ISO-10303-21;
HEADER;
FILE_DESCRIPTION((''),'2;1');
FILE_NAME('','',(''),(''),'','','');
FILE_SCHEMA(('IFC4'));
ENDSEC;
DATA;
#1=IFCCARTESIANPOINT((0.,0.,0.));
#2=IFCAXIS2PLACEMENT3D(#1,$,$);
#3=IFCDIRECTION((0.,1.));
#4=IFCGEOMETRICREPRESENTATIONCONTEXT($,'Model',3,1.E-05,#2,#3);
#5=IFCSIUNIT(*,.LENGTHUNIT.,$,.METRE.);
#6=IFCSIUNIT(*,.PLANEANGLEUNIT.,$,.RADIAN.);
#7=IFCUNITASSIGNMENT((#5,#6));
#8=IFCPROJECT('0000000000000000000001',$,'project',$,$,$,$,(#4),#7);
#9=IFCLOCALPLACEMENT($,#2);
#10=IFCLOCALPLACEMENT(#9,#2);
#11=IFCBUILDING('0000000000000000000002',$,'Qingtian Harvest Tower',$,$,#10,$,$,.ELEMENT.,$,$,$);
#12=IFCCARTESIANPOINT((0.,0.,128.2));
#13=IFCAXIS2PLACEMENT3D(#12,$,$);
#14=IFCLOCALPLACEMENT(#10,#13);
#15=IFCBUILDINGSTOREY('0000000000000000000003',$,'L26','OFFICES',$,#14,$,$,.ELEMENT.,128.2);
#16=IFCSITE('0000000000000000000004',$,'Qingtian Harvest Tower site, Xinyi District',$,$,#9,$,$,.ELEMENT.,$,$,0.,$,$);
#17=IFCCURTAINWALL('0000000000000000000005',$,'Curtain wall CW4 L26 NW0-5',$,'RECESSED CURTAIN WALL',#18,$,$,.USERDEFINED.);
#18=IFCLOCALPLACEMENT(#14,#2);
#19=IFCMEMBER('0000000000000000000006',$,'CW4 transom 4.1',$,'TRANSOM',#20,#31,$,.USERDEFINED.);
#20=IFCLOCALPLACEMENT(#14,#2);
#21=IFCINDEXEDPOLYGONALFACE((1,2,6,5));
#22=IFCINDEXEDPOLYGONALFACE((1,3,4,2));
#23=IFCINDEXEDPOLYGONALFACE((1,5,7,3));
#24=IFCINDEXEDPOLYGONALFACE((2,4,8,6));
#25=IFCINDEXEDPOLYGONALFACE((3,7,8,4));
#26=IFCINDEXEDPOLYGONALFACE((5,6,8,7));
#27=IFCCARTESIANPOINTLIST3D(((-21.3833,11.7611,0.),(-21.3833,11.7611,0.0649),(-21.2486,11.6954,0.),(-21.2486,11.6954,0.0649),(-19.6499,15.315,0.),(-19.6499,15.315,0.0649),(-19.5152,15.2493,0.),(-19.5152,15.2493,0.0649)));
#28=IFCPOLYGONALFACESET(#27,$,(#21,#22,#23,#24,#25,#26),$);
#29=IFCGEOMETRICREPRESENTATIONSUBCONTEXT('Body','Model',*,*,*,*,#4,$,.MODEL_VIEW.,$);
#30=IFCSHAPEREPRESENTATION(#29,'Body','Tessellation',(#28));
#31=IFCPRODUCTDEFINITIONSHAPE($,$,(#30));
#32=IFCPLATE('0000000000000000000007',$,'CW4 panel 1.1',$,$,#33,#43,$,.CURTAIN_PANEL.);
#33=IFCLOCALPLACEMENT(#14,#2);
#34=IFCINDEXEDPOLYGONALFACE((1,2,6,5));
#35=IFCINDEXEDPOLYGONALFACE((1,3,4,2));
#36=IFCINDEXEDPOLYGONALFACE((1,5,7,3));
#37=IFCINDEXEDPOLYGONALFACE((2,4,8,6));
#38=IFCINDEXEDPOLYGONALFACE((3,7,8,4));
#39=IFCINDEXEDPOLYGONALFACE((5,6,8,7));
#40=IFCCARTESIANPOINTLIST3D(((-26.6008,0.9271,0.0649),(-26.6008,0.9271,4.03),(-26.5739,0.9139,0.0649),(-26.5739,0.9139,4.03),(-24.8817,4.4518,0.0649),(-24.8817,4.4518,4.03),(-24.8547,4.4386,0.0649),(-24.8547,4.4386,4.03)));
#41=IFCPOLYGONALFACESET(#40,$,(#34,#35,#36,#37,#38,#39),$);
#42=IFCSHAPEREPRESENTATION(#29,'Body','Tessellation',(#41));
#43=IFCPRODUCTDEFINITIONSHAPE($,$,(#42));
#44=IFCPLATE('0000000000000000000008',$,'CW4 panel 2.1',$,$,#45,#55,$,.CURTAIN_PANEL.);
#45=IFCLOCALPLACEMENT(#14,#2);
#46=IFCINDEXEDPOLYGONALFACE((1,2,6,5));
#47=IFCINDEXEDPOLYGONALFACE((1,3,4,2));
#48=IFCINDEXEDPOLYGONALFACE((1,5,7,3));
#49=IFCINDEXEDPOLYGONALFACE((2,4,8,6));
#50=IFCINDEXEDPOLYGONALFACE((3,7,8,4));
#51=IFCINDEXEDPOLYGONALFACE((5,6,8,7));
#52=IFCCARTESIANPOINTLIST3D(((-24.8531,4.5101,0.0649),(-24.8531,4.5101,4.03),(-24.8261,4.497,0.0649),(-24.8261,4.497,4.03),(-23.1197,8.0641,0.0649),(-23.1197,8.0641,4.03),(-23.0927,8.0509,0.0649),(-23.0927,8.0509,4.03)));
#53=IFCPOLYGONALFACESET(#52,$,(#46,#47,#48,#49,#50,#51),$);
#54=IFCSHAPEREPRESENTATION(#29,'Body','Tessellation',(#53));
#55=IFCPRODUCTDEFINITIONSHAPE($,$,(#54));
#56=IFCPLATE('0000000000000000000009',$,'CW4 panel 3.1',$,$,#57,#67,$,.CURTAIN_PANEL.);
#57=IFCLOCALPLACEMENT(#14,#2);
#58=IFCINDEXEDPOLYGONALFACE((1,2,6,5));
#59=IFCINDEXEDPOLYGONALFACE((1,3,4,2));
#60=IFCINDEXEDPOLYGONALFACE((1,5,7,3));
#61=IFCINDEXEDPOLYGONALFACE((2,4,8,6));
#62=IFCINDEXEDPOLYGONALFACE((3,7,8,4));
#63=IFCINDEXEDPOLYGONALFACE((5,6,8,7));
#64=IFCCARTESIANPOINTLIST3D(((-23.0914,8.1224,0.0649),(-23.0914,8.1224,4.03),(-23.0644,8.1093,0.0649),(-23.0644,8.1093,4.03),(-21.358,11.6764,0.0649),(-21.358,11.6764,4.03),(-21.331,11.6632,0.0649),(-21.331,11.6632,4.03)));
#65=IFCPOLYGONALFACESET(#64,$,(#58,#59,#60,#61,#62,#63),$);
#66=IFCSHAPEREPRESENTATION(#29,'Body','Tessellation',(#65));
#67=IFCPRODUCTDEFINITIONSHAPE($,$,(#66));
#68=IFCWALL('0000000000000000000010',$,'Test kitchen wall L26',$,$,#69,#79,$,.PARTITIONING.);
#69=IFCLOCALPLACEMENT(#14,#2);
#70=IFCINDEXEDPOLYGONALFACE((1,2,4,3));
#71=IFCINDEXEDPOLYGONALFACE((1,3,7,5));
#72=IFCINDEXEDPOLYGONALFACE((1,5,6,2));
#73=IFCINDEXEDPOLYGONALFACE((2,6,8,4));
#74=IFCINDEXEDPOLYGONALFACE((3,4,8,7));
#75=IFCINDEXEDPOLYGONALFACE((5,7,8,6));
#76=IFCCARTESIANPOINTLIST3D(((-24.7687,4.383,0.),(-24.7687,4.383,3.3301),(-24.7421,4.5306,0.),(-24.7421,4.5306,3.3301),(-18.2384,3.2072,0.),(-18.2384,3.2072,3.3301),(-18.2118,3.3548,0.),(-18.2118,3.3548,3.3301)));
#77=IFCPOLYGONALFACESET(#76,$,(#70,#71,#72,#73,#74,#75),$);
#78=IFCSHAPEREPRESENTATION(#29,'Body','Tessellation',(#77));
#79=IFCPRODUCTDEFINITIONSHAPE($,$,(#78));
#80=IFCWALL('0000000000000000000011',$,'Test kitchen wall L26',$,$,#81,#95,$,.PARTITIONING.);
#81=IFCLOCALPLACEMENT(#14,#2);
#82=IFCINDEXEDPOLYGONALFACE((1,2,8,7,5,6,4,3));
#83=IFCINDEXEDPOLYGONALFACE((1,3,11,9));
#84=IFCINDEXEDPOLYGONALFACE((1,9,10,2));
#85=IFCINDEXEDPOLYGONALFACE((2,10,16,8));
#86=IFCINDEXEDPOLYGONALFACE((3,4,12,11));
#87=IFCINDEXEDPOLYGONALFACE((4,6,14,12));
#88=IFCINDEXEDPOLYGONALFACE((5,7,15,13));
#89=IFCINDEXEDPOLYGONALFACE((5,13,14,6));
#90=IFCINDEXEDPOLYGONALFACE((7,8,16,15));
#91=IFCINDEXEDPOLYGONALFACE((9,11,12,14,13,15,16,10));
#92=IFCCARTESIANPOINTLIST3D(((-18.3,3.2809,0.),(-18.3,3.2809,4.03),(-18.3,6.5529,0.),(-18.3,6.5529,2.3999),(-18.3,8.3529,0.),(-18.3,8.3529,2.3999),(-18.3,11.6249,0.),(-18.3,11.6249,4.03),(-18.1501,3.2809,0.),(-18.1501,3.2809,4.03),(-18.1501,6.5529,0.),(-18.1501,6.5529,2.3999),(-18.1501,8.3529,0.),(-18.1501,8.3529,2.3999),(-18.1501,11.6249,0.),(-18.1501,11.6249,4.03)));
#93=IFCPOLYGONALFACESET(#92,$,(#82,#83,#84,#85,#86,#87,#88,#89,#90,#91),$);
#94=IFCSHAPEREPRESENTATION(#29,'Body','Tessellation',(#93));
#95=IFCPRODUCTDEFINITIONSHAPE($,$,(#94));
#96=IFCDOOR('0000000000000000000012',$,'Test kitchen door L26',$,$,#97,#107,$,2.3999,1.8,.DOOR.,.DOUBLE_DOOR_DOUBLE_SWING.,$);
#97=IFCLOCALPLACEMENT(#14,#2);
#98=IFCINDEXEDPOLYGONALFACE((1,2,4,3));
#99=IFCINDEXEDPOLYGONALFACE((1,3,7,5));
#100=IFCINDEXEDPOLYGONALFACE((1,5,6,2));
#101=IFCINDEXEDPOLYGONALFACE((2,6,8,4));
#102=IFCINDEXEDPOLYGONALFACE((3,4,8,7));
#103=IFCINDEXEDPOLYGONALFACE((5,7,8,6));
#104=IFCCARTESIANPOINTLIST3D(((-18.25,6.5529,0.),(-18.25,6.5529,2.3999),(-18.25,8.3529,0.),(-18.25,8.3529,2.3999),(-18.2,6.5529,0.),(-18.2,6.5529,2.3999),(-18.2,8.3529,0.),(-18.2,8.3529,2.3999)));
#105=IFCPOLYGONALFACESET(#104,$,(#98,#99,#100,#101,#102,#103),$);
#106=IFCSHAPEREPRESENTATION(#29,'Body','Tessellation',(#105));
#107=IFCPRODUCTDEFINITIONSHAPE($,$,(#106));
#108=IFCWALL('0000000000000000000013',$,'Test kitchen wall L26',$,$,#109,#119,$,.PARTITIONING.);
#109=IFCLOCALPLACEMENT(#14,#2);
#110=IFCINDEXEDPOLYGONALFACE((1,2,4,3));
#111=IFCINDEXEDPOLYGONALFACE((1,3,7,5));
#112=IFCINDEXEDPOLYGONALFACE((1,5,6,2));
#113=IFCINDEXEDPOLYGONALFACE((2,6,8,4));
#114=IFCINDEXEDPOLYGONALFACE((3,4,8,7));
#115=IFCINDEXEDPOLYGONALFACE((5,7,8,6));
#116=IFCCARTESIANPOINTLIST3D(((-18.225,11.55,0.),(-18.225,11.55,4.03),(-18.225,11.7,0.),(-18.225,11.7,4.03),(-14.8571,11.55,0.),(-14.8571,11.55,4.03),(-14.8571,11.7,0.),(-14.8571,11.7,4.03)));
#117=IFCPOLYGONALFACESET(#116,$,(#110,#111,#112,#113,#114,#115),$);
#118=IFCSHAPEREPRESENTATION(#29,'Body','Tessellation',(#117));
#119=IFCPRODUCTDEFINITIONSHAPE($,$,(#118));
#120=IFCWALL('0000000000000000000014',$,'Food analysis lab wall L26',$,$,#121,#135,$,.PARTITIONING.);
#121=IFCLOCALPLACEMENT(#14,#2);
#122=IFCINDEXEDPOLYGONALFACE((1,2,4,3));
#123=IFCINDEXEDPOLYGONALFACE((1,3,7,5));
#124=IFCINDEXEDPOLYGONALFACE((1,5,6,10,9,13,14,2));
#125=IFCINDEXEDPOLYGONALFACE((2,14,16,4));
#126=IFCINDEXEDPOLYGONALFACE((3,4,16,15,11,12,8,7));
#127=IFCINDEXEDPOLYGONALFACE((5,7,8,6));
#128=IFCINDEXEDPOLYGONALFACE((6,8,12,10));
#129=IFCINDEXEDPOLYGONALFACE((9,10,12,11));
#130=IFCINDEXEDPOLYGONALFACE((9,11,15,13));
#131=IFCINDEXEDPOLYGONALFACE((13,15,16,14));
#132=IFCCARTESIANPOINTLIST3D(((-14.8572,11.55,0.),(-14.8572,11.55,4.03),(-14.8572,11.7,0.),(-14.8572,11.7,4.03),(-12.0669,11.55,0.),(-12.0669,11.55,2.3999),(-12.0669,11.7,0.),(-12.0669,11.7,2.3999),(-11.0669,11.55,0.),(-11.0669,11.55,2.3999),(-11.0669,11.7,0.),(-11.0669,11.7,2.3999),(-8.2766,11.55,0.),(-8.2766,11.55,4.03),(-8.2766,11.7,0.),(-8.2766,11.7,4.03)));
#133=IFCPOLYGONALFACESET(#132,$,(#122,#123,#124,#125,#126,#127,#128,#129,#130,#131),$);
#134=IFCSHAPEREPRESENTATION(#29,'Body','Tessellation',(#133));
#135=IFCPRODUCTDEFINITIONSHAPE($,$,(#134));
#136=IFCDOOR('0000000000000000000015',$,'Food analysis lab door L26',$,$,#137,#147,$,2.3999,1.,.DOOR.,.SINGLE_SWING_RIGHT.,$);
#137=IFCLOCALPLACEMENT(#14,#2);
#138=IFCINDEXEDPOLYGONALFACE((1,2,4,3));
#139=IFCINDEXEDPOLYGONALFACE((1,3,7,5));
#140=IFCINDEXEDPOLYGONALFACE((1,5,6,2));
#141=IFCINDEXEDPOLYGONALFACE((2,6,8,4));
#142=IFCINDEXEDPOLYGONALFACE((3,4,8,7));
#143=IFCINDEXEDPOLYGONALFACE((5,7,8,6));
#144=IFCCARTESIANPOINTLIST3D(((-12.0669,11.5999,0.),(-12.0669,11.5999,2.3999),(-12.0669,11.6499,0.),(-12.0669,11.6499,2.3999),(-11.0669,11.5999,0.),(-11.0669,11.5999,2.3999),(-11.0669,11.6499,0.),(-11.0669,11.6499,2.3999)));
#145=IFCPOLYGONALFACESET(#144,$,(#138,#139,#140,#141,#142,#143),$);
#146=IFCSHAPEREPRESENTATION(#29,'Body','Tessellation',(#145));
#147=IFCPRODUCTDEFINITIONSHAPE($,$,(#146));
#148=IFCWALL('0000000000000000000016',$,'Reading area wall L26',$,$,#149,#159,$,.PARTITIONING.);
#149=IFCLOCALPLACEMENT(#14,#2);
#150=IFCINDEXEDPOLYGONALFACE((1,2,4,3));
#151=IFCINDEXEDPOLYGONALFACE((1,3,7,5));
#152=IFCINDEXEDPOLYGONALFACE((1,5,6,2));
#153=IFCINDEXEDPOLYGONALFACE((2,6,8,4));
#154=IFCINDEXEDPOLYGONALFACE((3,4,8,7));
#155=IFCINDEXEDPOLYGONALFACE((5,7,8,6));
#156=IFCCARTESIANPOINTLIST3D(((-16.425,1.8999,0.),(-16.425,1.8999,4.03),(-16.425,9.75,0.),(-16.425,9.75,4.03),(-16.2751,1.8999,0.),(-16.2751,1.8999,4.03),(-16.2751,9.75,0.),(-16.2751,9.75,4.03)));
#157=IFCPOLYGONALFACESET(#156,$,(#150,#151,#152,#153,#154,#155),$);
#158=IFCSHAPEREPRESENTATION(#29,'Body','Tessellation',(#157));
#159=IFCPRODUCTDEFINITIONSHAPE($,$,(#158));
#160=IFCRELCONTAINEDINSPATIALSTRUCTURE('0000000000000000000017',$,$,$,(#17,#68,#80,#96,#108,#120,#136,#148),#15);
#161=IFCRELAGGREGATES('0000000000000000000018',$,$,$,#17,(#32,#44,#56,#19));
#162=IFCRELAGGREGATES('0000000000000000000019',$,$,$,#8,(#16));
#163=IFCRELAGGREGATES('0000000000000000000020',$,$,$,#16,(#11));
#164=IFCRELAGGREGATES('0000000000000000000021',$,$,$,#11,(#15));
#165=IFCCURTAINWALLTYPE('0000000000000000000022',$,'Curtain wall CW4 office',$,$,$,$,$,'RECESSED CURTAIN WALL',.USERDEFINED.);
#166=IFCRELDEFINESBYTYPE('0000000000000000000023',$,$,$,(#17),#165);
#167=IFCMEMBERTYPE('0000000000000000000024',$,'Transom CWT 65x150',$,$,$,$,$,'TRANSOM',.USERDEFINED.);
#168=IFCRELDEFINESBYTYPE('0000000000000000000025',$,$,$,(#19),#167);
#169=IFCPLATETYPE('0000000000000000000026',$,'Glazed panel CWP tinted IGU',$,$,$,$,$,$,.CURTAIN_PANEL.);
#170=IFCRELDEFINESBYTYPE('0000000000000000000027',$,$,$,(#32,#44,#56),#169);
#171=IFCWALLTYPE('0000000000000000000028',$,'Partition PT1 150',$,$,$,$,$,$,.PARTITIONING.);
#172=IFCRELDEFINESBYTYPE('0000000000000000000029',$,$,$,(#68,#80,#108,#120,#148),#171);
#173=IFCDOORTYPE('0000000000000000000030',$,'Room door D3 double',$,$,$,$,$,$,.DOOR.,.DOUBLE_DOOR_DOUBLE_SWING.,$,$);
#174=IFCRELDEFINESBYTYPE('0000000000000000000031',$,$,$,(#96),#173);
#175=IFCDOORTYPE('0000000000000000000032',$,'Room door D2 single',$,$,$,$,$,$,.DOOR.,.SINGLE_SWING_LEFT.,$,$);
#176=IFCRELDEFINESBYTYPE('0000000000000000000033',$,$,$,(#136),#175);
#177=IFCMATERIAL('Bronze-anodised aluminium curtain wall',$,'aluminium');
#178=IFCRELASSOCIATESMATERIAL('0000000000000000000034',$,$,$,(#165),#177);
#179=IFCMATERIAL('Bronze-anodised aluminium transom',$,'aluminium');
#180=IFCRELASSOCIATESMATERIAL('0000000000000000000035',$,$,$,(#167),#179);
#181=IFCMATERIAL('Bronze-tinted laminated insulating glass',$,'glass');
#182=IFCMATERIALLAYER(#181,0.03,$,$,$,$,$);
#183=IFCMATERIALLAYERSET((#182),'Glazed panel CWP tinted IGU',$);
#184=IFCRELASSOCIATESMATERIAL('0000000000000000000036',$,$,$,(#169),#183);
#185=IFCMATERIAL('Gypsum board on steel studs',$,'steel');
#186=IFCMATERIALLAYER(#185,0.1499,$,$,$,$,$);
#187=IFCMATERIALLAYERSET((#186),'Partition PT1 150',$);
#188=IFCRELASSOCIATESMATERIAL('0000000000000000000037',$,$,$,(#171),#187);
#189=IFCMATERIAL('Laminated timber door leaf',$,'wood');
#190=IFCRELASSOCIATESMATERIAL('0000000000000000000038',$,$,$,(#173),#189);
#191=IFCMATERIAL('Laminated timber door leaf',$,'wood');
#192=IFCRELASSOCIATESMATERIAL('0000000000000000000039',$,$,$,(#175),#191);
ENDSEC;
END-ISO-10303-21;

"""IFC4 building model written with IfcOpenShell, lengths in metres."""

from ifc_helpers import new_model, si_unit, direction, frame, frame_2d, origin, origin_2d, place, context, subcontext, project, spatial, rectangle, extrude, material, layer, layer_set, material_profile, profile_set, type_object, element, fill, aggregate, save


model = new_model("IFC4")

# Units and contexts
model_context = context("Model", 3, precision=1e-05, world=origin(), true_north=direction((0.0, 1.0)))
body_context = subcontext(model_context, "Body", "Model", "MODEL_VIEW")
ifc_project = project(units=[si_unit("LENGTHUNIT", "METRE"), si_unit("PLANEANGLEUNIT", "RADIAN")], contexts=[model_context])

# Site, building, storey
site_placement = place(None, origin())
site = spatial("IfcSite", under=ifc_project, at=site_placement, Name="Qingtian Harvest Tower site, Xinyi District", CompositionType="ELEMENT", RefElevation=0.0)
building_placement = place(site_placement, origin())
building = spatial("IfcBuilding", under=site, at=building_placement, Name="Qingtian Harvest Tower", CompositionType="ELEMENT")
storey_placement = place(building_placement, frame((0.0, 0.0, 128.2)))
storey = spatial("IfcBuildingStorey", under=building, at=storey_placement, Name="L26", Description="OFFICES", CompositionType="ELEMENT", Elevation=128.2)

# Shared definitions
ifc_material_1 = material(Name="Bronze-anodised aluminium curtain wall", Category="aluminium")
curtain_wall_type = type_object("IfcCurtainWallType", Name="Curtain wall CW4 office", ElementType="RECESSED CURTAIN WALL", PredefinedType="USERDEFINED", material=ifc_material_1)

# Curtain wall
curtain_wall_1_placement = place(storey_placement, origin())
curtain_wall_1 = element("IfcCurtainWall", 1, at=curtain_wall_1_placement, inside=storey, type_object=curtain_wall_type, Name="Curtain wall CW4 L26 NW0-5", ObjectType="RECESSED CURTAIN WALL", PredefinedType="USERDEFINED")

# Member
ifc_material_2 = material(Name="Bronze-anodised aluminium transom", Category="aluminium")
ifc_material_profile_1 = material_profile(ifc_material_2, rectangle(XDim=0.1499, YDim=0.0649, at=origin_2d()), Name="AL 65x150")
ifc_profile_set_1 = profile_set([ifc_material_profile_1], Name="Bronze-anodised aluminium transom")
member_type_1 = type_object("IfcMemberType", Name="Transom CWT 65x150", ElementType="TRANSOM", PredefinedType="USERDEFINED", material=ifc_profile_set_1)
member_1_placement = place(storey_placement, frame((-21.3159, 11.7283, 0.0325), z_axis=(0.438375, 0.898792, 0.0), x_axis=(-0.898792, 0.438375, 0.0)))
member_1 = element("IfcMember", 2, at=member_1_placement, type_object=member_type_1, Name="CW4 transom 4.1", ObjectType="TRANSOM", PredefinedType="USERDEFINED", context=body_context, shape_type="SweptSolid", body=[
    extrude(rectangle(XDim=0.1499, YDim=0.0649, at=origin_2d()), origin(), (0.0, 0.0, 1.0), 3.9541),
])

# Plates
ifc_material_3 = material(Name="Bronze-tinted laminated insulating glass", Category="glass")
ifc_layer_1 = layer(ifc_material_3, 0.03)
ifc_layer_set_1 = layer_set([ifc_layer_1], Name="Glazed panel CWP tinted IGU")
plate_type = type_object("IfcPlateType", Name="Glazed panel CWP tinted IGU", PredefinedType="CURTAIN_PANEL", material=ifc_layer_set_1)
plate_1_placement = place(storey_placement, frame((-25.7278, 2.6829, 0.0649), z_axis=(0.0, 0.0, 1.0), x_axis=(0.438371, 0.898794, 0.0)))
plate_1 = element("IfcPlate", 3, at=plate_1_placement, type_object=plate_type, Name="CW4 panel 1.1", PredefinedType="CURTAIN_PANEL", context=body_context, shape_type="SweptSolid", body=[
    extrude(rectangle(XDim=3.9216, YDim=0.03, at=origin_2d()), origin(), (0.0, 0.0, 1.0), 3.9651),
])
plate_2_placement = place(storey_placement, frame((-23.9729, 6.2805, 0.0649), z_axis=(0.0, 0.0, 1.0), x_axis=(0.438371, 0.898794, 0.0)))
plate_2 = element("IfcPlate", 4, at=plate_2_placement, type_object=plate_type, Name="CW4 panel 2.1", PredefinedType="CURTAIN_PANEL", context=body_context, shape_type="SweptSolid", body=[
    extrude(rectangle(XDim=3.9541, YDim=0.03, at=origin_2d()), origin(), (0.0, 0.0, 1.0), 3.9651),
])
plate_3_placement = place(storey_placement, frame((-22.2112, 9.8928, 0.0649), z_axis=(0.0, 0.0, 1.0), x_axis=(0.438371, 0.898794, 0.0)))
plate_3 = element("IfcPlate", 5, at=plate_3_placement, type_object=plate_type, Name="CW4 panel 3.1", PredefinedType="CURTAIN_PANEL", context=body_context, shape_type="SweptSolid", body=[
    extrude(rectangle(XDim=3.9541, YDim=0.03, at=origin_2d()), origin(), (0.0, 0.0, 1.0), 3.9651),
])
aggregate(curtain_wall_1, [plate_1, plate_2, plate_3, member_1])

# Wall
ifc_material_4 = material(Name="Gypsum board on steel studs", Category="steel")
ifc_layer_2 = layer(ifc_material_4, 0.1499)
ifc_layer_set_2 = layer_set([ifc_layer_2], Name="Partition PT1 150")
wall_type = type_object("IfcWallType", Name="Partition PT1 150", PredefinedType="PARTITIONING", material=ifc_layer_set_2)
wall_1_placement = place(storey_placement, frame((-24.7554, 4.4568, 0.0), z_axis=(0.0, 0.0, 1.0), x_axis=(0.984175, -0.177201, 0.0)))
element("IfcWall", 6, at=wall_1_placement, inside=storey, type_object=wall_type, Name="Test kitchen wall L26", PredefinedType="PARTITIONING", context=body_context, shape_type="SweptSolid", body=[
    extrude(rectangle(XDim=6.6353, YDim=0.1499, at=frame_2d((3.3176, 0.0))), origin(), (0.0, 0.0, 1.0), 3.3301),
])

# Wall, opening, door
wall_2_placement = place(storey_placement, frame((-18.2251, 3.281, 0.0), z_axis=(0.0, 0.0, 1.0), x_axis=(0.0, 1.0, 0.0)))
wall_2 = element("IfcWall", 7, at=wall_2_placement, inside=storey, type_object=wall_type, Name="Test kitchen wall L26", PredefinedType="PARTITIONING", context=body_context, shape_type="SweptSolid", body=[
    extrude(rectangle(XDim=8.344, YDim=0.1499, at=frame_2d((4.1719, 0.0))), origin(), (0.0, 0.0, 1.0), 4.03),
])
opening_1_placement = place(wall_2_placement, frame((3.272, 0.0, 0.0)))
opening_1 = element("IfcOpeningElement", 8, at=opening_1_placement, cuts=wall_2, PredefinedType="OPENING", context=body_context, shape_type="SweptSolid", body=[
    extrude(rectangle(XDim=1.8, YDim=2.3999, at=frame_2d((0.8999, 1.2))), frame((0.0, 0.085, 0.0), z_axis=(0.0, -1.0, 0.0), x_axis=(1.0, 0.0, 0.0)), (0.0, 0.0, 1.0), 0.1699),
])
ifc_material_5 = material(Name="Laminated timber door leaf", Category="wood")
door_type_1 = type_object("IfcDoorType", Name="Room door D3 double", OperationType="DOUBLE_DOOR_DOUBLE_SWING", PredefinedType="DOOR", material=ifc_material_5)
door_1_placement = place(opening_1_placement, origin())
door_1 = element("IfcDoor", 9, at=door_1_placement, inside=storey, type_object=door_type_1, Name="Test kitchen door L26", OperationType="DOUBLE_DOOR_DOUBLE_SWING", OverallHeight=2.3999, OverallWidth=1.8, PredefinedType="DOOR", context=body_context, shape_type="SweptSolid", body=[
    extrude(rectangle(XDim=1.8, YDim=2.3999, at=frame_2d((0.8999, 1.2))), frame((0.0, 0.0249, 0.0), z_axis=(0.0, -1.0, 0.0), x_axis=(1.0, 0.0, 0.0)), (0.0, 0.0, 1.0), 0.05),
])
fill(opening_1, door_1)

# Wall
wall_3_placement = place(storey_placement, frame((-18.2251, 11.625, 0.0), z_axis=(0.0, 0.0, 1.0), x_axis=(1.0, 0.0, 0.0)))
element("IfcWall", 10, at=wall_3_placement, inside=storey, type_object=wall_type, Name="Test kitchen wall L26", PredefinedType="PARTITIONING", context=body_context, shape_type="SweptSolid", body=[
    extrude(rectangle(XDim=3.3679, YDim=0.1499, at=frame_2d((1.6841, 0.0))), origin(), (0.0, 0.0, 1.0), 4.03),
])

# Wall, opening, door
wall_4_placement = place(storey_placement, frame((-14.8572, 11.625, 0.0), z_axis=(0.0, 0.0, 1.0), x_axis=(1.0, 0.0, 0.0)))
wall_4 = element("IfcWall", 11, at=wall_4_placement, inside=storey, type_object=wall_type, Name="Food analysis lab wall L26", PredefinedType="PARTITIONING", context=body_context, shape_type="SweptSolid", body=[
    extrude(rectangle(XDim=6.5806, YDim=0.1499, at=frame_2d((3.2903, 0.0))), origin(), (0.0, 0.0, 1.0), 4.03),
])
opening_2_placement = place(wall_4_placement, frame((2.7903, 0.0, 0.0)))
opening_2 = element("IfcOpeningElement", 12, at=opening_2_placement, cuts=wall_4, PredefinedType="OPENING", context=body_context, shape_type="SweptSolid", body=[
    extrude(rectangle(XDim=1.0, YDim=2.3999, at=frame_2d((0.5, 1.2))), frame((0.0, 0.085, 0.0), z_axis=(0.0, -1.0, 0.0), x_axis=(1.0, 0.0, 0.0)), (0.0, 0.0, 1.0), 0.1699),
])
ifc_material_6 = material(Name="Laminated timber door leaf", Category="wood")
door_type_2 = type_object("IfcDoorType", Name="Room door D2 single", OperationType="SINGLE_SWING_LEFT", PredefinedType="DOOR", material=ifc_material_6)
door_2_placement = place(opening_2_placement, origin())
door_2 = element("IfcDoor", 13, at=door_2_placement, inside=storey, type_object=door_type_2, Name="Food analysis lab door L26", OperationType="SINGLE_SWING_RIGHT", OverallHeight=2.3999, OverallWidth=1.0, PredefinedType="DOOR", context=body_context, shape_type="SweptSolid", body=[
    extrude(rectangle(XDim=1.0, YDim=2.3999, at=frame_2d((0.5, 1.2))), frame((0.0, 0.0249, 0.0), z_axis=(0.0, -1.0, 0.0), x_axis=(1.0, 0.0, 0.0)), (0.0, 0.0, 1.0), 0.05),
])
fill(opening_2, door_2)

# Wall
wall_5_placement = place(storey_placement, frame((-16.3501, 1.8999, 0.0), z_axis=(0.0, 0.0, 1.0), x_axis=(0.0, 1.0, 0.0)))
element("IfcWall", 14, at=wall_5_placement, inside=storey, type_object=wall_type, Name="Reading area wall L26", PredefinedType="PARTITIONING", context=body_context, shape_type="SweptSolid", body=[
    extrude(rectangle(XDim=7.8501, YDim=0.1499, at=frame_2d((3.925, 0.0))), origin(), (0.0, 0.0, 1.0), 4.03),
])

save(model, "model.ifc")
